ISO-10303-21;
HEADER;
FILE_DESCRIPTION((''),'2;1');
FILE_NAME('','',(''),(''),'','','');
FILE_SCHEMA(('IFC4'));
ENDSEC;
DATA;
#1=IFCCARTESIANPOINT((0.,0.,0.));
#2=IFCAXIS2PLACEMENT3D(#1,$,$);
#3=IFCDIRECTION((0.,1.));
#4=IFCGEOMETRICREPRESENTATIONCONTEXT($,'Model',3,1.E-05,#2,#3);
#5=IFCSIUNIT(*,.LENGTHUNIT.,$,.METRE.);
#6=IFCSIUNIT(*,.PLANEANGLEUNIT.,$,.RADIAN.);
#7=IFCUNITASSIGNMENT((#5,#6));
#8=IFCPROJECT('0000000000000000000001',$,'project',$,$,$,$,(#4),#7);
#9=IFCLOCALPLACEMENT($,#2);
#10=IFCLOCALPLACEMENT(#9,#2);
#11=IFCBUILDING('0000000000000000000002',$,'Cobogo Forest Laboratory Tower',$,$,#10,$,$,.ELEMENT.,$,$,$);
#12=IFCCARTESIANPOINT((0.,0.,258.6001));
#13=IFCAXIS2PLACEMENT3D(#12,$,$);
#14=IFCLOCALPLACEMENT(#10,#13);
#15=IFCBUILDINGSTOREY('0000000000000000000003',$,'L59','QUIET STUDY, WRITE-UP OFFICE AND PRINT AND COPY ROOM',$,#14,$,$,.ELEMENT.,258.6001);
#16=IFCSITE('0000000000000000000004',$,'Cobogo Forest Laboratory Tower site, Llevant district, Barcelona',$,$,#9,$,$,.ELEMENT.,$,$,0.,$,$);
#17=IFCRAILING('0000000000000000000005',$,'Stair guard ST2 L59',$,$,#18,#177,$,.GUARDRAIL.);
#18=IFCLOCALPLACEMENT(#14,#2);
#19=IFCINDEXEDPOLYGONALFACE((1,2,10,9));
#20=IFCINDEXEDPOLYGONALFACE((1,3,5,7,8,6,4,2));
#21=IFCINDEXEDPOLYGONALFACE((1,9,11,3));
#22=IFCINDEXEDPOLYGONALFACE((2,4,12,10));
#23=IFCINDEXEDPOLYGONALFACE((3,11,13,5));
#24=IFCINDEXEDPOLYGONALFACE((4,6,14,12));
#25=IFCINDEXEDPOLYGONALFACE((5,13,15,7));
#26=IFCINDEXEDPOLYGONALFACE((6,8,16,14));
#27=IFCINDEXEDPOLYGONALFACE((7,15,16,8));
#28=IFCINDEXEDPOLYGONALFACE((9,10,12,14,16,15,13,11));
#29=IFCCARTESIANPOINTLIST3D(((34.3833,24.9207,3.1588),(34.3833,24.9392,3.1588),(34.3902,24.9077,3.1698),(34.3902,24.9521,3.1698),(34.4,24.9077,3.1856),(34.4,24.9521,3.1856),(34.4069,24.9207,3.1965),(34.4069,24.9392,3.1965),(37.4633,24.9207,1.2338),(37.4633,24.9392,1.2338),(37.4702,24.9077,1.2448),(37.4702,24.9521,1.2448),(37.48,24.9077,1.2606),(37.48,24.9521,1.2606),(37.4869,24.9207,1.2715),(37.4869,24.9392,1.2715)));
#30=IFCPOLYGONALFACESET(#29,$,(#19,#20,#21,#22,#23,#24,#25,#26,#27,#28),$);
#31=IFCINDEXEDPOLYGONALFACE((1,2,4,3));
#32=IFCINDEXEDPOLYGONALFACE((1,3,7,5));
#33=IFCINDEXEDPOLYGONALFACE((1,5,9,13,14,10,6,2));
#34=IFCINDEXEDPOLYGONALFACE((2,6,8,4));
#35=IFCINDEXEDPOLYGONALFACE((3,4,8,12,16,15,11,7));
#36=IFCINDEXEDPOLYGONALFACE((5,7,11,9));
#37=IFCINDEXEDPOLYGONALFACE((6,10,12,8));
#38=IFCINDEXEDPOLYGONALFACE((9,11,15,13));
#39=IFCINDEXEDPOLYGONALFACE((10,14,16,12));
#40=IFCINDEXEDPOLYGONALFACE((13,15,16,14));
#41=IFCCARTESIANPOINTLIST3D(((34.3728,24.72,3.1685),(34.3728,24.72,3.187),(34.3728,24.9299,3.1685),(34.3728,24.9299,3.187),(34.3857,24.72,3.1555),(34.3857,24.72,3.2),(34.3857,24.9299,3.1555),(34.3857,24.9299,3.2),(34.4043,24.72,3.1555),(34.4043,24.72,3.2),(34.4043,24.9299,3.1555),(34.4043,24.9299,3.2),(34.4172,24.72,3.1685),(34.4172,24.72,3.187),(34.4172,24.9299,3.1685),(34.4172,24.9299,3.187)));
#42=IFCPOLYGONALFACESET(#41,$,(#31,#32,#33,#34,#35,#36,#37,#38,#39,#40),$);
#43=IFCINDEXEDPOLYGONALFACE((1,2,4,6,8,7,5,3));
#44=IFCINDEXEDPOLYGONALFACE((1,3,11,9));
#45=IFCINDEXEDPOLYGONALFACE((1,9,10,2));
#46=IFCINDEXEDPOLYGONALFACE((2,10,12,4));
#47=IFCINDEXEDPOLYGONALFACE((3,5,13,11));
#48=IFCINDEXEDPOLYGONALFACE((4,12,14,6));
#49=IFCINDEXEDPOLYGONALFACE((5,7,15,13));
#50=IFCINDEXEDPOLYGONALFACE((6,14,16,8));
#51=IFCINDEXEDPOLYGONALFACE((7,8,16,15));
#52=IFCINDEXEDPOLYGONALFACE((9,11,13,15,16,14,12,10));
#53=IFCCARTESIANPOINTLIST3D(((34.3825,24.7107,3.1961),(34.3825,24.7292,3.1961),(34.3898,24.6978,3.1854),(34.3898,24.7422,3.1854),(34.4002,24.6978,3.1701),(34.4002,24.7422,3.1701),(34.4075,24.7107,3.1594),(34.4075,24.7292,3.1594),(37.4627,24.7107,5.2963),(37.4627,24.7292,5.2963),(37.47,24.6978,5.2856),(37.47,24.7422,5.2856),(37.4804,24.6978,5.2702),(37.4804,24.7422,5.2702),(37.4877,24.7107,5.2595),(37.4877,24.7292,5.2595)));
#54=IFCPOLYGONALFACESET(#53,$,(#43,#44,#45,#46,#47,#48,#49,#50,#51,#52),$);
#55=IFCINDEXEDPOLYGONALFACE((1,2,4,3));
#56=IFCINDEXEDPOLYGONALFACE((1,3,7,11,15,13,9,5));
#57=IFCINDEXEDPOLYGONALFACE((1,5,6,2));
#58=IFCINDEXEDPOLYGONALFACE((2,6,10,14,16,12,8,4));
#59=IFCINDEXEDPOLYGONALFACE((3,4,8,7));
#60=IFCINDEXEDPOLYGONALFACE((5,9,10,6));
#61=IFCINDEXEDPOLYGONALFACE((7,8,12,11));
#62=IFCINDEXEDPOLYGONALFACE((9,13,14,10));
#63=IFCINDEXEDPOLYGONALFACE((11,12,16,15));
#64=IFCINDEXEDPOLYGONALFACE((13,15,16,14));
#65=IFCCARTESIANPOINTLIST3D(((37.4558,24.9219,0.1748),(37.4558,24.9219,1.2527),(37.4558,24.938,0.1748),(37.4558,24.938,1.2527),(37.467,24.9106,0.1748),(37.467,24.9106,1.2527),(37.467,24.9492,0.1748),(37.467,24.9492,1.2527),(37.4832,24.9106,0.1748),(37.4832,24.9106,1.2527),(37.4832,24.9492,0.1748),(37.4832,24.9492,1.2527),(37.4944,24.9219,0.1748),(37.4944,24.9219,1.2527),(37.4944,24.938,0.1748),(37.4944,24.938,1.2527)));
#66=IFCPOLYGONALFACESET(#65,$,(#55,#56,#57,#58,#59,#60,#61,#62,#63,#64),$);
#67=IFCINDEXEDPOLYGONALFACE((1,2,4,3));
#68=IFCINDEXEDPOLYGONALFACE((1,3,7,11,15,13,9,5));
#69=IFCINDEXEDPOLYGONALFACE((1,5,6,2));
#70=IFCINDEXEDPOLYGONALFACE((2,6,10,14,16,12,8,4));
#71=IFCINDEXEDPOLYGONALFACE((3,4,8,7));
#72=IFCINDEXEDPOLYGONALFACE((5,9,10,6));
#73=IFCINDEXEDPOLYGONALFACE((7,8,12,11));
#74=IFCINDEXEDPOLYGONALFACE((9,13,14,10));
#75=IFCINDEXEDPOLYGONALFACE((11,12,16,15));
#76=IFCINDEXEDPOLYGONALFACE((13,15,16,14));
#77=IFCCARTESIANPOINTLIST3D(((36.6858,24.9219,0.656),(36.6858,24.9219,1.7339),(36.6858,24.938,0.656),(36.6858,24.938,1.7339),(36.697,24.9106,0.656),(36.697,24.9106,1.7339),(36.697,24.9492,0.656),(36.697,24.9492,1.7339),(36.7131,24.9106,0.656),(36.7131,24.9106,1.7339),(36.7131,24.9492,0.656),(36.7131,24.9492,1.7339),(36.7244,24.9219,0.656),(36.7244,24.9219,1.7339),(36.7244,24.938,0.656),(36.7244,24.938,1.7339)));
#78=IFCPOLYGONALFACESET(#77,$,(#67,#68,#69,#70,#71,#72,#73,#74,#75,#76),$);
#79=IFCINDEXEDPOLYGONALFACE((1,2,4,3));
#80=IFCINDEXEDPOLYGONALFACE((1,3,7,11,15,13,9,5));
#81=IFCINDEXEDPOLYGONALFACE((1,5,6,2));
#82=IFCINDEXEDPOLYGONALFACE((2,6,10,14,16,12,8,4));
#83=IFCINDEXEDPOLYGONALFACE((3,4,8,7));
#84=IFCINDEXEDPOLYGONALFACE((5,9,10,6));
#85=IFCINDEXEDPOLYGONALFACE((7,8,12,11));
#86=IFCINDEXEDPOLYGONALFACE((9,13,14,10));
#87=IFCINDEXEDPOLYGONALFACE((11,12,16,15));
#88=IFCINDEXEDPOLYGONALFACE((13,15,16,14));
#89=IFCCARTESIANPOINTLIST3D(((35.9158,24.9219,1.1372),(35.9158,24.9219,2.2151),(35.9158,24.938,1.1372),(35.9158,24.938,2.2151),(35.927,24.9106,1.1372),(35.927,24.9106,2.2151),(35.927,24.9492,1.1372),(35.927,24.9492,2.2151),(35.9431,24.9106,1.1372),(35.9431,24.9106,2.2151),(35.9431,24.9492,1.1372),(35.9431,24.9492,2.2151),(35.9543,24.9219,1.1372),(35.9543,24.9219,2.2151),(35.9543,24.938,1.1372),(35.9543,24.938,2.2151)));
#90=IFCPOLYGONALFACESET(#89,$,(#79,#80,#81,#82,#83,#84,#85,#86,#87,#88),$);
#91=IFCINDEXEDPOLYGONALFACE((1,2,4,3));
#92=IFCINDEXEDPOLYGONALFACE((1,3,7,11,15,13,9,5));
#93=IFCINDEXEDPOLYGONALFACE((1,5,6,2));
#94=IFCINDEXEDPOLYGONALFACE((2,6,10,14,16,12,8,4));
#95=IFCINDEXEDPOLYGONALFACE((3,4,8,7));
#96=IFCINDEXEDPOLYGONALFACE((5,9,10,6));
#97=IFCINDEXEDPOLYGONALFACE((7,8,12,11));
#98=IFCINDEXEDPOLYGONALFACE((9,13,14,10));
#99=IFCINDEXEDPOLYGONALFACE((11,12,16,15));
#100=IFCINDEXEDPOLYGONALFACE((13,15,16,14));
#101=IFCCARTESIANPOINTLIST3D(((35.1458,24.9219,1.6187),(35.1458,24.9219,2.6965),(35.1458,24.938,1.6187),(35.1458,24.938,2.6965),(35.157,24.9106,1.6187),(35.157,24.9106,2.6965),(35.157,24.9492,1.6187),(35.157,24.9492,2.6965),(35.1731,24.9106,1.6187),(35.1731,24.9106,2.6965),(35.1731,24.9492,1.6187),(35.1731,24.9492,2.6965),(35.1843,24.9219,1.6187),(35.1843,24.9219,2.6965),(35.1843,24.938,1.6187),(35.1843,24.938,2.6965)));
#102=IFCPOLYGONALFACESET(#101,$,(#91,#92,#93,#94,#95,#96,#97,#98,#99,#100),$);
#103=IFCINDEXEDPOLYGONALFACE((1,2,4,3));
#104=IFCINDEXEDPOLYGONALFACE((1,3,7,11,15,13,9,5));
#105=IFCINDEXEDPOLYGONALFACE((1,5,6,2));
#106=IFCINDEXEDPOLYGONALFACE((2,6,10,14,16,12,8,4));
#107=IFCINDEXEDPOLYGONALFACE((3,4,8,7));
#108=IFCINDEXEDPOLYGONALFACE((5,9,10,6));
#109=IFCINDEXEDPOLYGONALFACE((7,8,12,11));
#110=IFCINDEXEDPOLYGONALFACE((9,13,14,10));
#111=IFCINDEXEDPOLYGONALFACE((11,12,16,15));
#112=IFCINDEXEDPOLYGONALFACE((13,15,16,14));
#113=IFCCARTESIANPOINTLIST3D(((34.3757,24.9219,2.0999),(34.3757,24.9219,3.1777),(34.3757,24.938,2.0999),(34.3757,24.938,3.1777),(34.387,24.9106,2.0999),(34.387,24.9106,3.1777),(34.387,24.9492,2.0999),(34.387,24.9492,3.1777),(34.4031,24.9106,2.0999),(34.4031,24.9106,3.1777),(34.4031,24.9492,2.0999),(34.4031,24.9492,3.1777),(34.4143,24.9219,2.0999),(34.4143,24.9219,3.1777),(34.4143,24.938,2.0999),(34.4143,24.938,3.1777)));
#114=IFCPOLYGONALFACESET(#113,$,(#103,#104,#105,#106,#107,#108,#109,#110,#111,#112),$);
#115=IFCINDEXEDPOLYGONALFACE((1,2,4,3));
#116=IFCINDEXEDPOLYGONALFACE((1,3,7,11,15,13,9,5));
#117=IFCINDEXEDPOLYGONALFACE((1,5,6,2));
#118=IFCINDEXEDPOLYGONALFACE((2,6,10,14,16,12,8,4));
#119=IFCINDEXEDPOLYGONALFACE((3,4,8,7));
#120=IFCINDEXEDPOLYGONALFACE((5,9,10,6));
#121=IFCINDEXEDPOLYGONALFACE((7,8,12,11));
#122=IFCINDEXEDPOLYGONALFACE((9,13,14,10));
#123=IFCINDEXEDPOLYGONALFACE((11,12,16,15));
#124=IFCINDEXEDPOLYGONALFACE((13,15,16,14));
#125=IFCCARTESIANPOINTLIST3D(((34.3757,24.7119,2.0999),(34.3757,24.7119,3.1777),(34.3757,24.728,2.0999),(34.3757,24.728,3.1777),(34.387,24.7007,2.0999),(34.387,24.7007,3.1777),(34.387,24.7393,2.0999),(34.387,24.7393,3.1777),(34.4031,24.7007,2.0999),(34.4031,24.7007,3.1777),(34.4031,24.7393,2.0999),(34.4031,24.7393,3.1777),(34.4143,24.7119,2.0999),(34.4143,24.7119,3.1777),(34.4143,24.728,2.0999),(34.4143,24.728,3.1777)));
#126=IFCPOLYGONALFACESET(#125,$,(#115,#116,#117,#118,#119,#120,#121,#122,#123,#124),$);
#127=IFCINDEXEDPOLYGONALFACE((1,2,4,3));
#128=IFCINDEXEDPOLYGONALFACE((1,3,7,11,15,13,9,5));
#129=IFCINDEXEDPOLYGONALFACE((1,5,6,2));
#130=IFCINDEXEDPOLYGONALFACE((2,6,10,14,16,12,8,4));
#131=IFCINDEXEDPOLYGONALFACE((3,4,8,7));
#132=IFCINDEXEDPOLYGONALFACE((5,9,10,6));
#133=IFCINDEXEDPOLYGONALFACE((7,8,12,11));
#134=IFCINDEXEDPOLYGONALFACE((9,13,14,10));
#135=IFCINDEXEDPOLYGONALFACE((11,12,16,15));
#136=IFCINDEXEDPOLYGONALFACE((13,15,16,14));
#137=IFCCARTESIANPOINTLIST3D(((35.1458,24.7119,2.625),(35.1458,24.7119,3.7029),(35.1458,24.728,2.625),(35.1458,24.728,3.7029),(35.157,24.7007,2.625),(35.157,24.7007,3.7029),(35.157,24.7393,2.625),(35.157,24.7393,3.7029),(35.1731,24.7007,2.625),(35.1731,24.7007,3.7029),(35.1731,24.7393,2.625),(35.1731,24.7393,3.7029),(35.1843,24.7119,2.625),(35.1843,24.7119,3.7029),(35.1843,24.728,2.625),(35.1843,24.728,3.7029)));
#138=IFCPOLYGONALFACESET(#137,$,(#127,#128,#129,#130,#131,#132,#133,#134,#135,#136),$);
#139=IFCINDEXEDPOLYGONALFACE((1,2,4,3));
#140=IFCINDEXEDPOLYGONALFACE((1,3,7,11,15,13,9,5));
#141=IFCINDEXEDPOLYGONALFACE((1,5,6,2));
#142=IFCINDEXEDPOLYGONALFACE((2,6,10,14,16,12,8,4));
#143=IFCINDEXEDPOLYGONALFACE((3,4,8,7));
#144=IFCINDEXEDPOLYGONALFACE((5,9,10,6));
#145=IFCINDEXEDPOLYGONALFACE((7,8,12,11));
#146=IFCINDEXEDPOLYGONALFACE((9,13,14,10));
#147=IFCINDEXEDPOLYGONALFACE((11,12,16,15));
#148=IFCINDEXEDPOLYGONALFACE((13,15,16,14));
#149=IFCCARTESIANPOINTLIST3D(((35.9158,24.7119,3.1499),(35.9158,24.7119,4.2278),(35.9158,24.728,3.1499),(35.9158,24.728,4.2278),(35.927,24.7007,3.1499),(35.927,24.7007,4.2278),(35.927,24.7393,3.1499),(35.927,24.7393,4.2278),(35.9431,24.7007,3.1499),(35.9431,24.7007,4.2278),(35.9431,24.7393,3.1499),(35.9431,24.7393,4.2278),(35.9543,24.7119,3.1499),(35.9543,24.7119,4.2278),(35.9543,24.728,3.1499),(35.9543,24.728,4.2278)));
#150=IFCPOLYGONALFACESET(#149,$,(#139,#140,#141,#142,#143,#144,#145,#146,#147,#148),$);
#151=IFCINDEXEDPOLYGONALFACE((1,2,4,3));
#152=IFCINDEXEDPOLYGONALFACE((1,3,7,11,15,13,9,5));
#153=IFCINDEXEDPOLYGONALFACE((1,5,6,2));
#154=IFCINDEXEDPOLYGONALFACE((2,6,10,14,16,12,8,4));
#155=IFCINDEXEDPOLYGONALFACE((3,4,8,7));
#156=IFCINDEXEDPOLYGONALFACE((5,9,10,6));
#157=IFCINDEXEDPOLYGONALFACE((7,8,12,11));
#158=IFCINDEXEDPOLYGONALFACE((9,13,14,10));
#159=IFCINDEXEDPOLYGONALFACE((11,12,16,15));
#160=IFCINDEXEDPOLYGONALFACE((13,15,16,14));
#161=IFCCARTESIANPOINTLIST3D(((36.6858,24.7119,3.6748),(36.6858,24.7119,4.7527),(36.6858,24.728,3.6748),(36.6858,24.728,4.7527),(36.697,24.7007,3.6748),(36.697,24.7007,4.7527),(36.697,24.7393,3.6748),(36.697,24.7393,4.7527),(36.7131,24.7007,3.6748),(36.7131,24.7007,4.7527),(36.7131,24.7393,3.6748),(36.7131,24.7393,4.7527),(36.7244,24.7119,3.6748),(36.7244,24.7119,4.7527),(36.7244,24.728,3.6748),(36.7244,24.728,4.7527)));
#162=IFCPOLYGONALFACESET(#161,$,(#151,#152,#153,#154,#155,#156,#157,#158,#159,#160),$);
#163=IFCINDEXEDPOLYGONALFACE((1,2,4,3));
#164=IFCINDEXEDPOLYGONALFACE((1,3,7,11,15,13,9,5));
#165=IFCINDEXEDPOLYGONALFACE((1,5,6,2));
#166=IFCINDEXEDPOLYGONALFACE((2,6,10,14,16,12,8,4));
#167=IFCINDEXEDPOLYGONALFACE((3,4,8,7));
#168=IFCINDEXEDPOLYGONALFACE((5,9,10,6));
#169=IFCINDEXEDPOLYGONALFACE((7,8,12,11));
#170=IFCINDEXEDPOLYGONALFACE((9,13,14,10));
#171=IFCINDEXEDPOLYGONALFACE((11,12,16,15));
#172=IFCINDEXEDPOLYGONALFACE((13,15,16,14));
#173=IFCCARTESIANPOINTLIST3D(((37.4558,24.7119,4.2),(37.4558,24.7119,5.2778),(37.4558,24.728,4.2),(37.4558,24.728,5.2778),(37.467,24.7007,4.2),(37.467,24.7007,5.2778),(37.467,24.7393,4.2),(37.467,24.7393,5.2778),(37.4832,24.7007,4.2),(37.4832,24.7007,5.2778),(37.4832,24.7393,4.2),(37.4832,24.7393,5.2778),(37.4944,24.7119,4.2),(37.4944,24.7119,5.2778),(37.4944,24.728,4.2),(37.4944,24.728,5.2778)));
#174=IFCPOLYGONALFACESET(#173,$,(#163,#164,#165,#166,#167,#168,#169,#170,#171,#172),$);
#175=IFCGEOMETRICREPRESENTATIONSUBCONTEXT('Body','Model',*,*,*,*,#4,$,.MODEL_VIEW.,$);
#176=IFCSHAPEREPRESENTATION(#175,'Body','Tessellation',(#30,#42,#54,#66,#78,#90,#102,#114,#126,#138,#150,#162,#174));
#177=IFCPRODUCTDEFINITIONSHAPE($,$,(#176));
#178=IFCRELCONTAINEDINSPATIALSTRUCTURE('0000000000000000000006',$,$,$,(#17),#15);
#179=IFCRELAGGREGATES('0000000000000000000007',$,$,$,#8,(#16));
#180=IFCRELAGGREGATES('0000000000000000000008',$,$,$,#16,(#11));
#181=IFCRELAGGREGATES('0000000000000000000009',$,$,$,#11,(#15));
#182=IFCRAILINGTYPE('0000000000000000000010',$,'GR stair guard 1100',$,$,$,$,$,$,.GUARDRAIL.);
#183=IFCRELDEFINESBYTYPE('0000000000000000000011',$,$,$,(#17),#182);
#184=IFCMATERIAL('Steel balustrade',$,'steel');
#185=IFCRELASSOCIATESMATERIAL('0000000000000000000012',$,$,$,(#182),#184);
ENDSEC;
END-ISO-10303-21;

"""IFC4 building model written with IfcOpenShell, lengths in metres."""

from ifc_helpers import new_model, si_unit, direction, frame, origin, place, context, subcontext, project, spatial, polyline, outline, extrude, material, type_object, element, save


model = new_model("IFC4")

# Units and contexts
model_context = context("Model", 3, precision=1e-05, world=origin(), true_north=direction((0.0, 1.0)))
body_context = subcontext(model_context, "Body", "Model", "MODEL_VIEW")
ifc_project = project(units=[si_unit("LENGTHUNIT", "METRE"), si_unit("PLANEANGLEUNIT", "RADIAN")], contexts=[model_context])

# Site, building, storey
site_placement = place(None, origin())
site = spatial("IfcSite", under=ifc_project, at=site_placement, Name="Cobogo Forest Laboratory Tower site, Llevant district, Barcelona", CompositionType="ELEMENT", RefElevation=0.0)
building_placement = place(site_placement, origin())
building = spatial("IfcBuilding", under=site, at=building_placement, Name="Cobogo Forest Laboratory Tower", CompositionType="ELEMENT")
storey_placement = place(building_placement, frame((0.0, 0.0, 258.6001)))
storey = spatial("IfcBuildingStorey", under=building, at=storey_placement, Name="L59", Description="QUIET STUDY, WRITE-UP OFFICE AND PRINT AND COPY ROOM", CompositionType="ELEMENT", Elevation=258.6001)

# Railing
ifc_material_1 = material(Name="Steel balustrade", Category="steel")
railing_type_1 = type_object("IfcRailingType", Name="GR stair guard 1100", PredefinedType="GUARDRAIL", material=ifc_material_1)
railing_1_placement = place(storey_placement, frame((37.4751, 24.9299, 0.1748)))
element("IfcRailing", 1, at=railing_1_placement, inside=storey, type_object=railing_type_1, Name="Stair guard ST2 L59", PredefinedType="GUARDRAIL", context=body_context, shape_type="SweptSolid", body=[
    extrude(outline(polyline([(0.0222, 0.0093), (0.0093, 0.0222), (-0.0093, 0.0222), (-0.0222, 0.0093), (-0.0222, -0.0093), (-0.0093, -0.0222), (0.0093, -0.0222), (0.0222, -0.0093), (0.0222, 0.0093)])), frame((0.0, 0.0, 1.0779), z_axis=(-0.847998, 0.0, 0.529999), x_axis=(0.0, -1.0, 0.0)), (0.0, 0.0, 1.0), 3.6321),
    extrude(outline(polyline([(0.0222, 0.0093), (0.0093, 0.0222), (-0.0093, 0.0222), (-0.0222, 0.0093), (-0.0222, -0.0093), (-0.0093, -0.0222), (0.0093, -0.0222), (0.0222, -0.0093), (0.0222, 0.0093)])), frame((-3.0801, 0.0, 3.0029), z_axis=(0.0, -1.0, 0.0), x_axis=(1.0, 0.0, 0.0)), (0.0, 0.0, 1.0), 0.21),
    extrude(outline(polyline([(0.0222, 0.0093), (0.0093, 0.0222), (-0.0093, 0.0222), (-0.0222, 0.0093), (-0.0222, -0.0093), (-0.0093, -0.0222), (0.0093, -0.0222), (0.0222, -0.0093), (0.0222, 0.0093)])), frame((-3.0801, -0.21, 3.0029), z_axis=(0.826222, 0.0, 0.563345), x_axis=(0.0, 1.0, 0.0)), (0.0, 0.0, 1.0), 3.728),
    extrude(outline(polyline([(0.0193, 0.0081), (0.0081, 0.0193), (-0.0081, 0.0193), (-0.0193, 0.0081), (-0.0193, -0.0081), (-0.0081, -0.0193), (0.0081, -0.0193), (0.0193, -0.0081), (0.0193, 0.0081)])), origin(), (0.0, 0.0, 1.0), 1.0779),
    extrude(outline(polyline([(0.0193, 0.0081), (0.0081, 0.0193), (-0.0081, 0.0193), (-0.0193, 0.0081), (-0.0193, -0.0081), (-0.0081, -0.0193), (0.0081, -0.0193), (0.0193, -0.0081), (0.0193, 0.0081)])), frame((-0.77, 0.0, 0.4812)), (0.0, 0.0, 1.0), 1.0779),
    extrude(outline(polyline([(0.0193, 0.0081), (0.0081, 0.0193), (-0.0081, 0.0193), (-0.0193, 0.0081), (-0.0193, -0.0081), (-0.0081, -0.0193), (0.0081, -0.0193), (0.0193, -0.0081), (0.0193, 0.0081)])), frame((-1.54, 0.0, 0.9624)), (0.0, 0.0, 1.0), 1.0779),
    extrude(outline(polyline([(0.0193, 0.0081), (0.0081, 0.0193), (-0.0081, 0.0193), (-0.0193, 0.0081), (-0.0193, -0.0081), (-0.0081, -0.0193), (0.0081, -0.0193), (0.0193, -0.0081), (0.0193, 0.0081)])), frame((-2.3101, 0.0, 1.4438)), (0.0, 0.0, 1.0), 1.0779),
    extrude(outline(polyline([(0.0193, 0.0081), (0.0081, 0.0193), (-0.0081, 0.0193), (-0.0193, 0.0081), (-0.0193, -0.0081), (-0.0081, -0.0193), (0.0081, -0.0193), (0.0193, -0.0081), (0.0193, 0.0081)])), frame((-3.0801, 0.0, 1.925)), (0.0, 0.0, 1.0), 1.0779),
    extrude(outline(polyline([(0.0193, 0.0081), (0.0081, 0.0193), (-0.0081, 0.0193), (-0.0193, 0.0081), (-0.0193, -0.0081), (-0.0081, -0.0193), (0.0081, -0.0193), (0.0193, -0.0081), (0.0193, 0.0081)])), frame((-3.0801, -0.21, 1.925)), (0.0, 0.0, 1.0), 1.0779),
    extrude(outline(polyline([(0.0193, 0.0081), (0.0081, 0.0193), (-0.0081, 0.0193), (-0.0193, 0.0081), (-0.0193, -0.0081), (-0.0081, -0.0193), (0.0081, -0.0193), (0.0193, -0.0081), (0.0193, 0.0081)])), frame((-2.3101, -0.21, 2.4502)), (0.0, 0.0, 1.0), 1.0779),
    extrude(outline(polyline([(0.0193, 0.0081), (0.0081, 0.0193), (-0.0081, 0.0193), (-0.0193, 0.0081), (-0.0193, -0.0081), (-0.0081, -0.0193), (0.0081, -0.0193), (0.0193, -0.0081), (0.0193, 0.0081)])), frame((-1.54, -0.21, 2.9751)), (0.0, 0.0, 1.0), 1.0779),
    extrude(outline(polyline([(0.0193, 0.0081), (0.0081, 0.0193), (-0.0081, 0.0193), (-0.0193, 0.0081), (-0.0193, -0.0081), (-0.0081, -0.0193), (0.0081, -0.0193), (0.0193, -0.0081), (0.0193, 0.0081)])), frame((-0.77, -0.21, 3.5)), (0.0, 0.0, 1.0), 1.0779),
    extrude(outline(polyline([(0.0193, 0.0081), (0.0081, 0.0193), (-0.0081, 0.0193), (-0.0193, 0.0081), (-0.0193, -0.0081), (-0.0081, -0.0193), (0.0081, -0.0193), (0.0193, -0.0081), (0.0193, 0.0081)])), frame((0.0, -0.21, 4.0251)), (0.0, 0.0, 1.0), 1.0779),
])

save(model, "model.ifc")
